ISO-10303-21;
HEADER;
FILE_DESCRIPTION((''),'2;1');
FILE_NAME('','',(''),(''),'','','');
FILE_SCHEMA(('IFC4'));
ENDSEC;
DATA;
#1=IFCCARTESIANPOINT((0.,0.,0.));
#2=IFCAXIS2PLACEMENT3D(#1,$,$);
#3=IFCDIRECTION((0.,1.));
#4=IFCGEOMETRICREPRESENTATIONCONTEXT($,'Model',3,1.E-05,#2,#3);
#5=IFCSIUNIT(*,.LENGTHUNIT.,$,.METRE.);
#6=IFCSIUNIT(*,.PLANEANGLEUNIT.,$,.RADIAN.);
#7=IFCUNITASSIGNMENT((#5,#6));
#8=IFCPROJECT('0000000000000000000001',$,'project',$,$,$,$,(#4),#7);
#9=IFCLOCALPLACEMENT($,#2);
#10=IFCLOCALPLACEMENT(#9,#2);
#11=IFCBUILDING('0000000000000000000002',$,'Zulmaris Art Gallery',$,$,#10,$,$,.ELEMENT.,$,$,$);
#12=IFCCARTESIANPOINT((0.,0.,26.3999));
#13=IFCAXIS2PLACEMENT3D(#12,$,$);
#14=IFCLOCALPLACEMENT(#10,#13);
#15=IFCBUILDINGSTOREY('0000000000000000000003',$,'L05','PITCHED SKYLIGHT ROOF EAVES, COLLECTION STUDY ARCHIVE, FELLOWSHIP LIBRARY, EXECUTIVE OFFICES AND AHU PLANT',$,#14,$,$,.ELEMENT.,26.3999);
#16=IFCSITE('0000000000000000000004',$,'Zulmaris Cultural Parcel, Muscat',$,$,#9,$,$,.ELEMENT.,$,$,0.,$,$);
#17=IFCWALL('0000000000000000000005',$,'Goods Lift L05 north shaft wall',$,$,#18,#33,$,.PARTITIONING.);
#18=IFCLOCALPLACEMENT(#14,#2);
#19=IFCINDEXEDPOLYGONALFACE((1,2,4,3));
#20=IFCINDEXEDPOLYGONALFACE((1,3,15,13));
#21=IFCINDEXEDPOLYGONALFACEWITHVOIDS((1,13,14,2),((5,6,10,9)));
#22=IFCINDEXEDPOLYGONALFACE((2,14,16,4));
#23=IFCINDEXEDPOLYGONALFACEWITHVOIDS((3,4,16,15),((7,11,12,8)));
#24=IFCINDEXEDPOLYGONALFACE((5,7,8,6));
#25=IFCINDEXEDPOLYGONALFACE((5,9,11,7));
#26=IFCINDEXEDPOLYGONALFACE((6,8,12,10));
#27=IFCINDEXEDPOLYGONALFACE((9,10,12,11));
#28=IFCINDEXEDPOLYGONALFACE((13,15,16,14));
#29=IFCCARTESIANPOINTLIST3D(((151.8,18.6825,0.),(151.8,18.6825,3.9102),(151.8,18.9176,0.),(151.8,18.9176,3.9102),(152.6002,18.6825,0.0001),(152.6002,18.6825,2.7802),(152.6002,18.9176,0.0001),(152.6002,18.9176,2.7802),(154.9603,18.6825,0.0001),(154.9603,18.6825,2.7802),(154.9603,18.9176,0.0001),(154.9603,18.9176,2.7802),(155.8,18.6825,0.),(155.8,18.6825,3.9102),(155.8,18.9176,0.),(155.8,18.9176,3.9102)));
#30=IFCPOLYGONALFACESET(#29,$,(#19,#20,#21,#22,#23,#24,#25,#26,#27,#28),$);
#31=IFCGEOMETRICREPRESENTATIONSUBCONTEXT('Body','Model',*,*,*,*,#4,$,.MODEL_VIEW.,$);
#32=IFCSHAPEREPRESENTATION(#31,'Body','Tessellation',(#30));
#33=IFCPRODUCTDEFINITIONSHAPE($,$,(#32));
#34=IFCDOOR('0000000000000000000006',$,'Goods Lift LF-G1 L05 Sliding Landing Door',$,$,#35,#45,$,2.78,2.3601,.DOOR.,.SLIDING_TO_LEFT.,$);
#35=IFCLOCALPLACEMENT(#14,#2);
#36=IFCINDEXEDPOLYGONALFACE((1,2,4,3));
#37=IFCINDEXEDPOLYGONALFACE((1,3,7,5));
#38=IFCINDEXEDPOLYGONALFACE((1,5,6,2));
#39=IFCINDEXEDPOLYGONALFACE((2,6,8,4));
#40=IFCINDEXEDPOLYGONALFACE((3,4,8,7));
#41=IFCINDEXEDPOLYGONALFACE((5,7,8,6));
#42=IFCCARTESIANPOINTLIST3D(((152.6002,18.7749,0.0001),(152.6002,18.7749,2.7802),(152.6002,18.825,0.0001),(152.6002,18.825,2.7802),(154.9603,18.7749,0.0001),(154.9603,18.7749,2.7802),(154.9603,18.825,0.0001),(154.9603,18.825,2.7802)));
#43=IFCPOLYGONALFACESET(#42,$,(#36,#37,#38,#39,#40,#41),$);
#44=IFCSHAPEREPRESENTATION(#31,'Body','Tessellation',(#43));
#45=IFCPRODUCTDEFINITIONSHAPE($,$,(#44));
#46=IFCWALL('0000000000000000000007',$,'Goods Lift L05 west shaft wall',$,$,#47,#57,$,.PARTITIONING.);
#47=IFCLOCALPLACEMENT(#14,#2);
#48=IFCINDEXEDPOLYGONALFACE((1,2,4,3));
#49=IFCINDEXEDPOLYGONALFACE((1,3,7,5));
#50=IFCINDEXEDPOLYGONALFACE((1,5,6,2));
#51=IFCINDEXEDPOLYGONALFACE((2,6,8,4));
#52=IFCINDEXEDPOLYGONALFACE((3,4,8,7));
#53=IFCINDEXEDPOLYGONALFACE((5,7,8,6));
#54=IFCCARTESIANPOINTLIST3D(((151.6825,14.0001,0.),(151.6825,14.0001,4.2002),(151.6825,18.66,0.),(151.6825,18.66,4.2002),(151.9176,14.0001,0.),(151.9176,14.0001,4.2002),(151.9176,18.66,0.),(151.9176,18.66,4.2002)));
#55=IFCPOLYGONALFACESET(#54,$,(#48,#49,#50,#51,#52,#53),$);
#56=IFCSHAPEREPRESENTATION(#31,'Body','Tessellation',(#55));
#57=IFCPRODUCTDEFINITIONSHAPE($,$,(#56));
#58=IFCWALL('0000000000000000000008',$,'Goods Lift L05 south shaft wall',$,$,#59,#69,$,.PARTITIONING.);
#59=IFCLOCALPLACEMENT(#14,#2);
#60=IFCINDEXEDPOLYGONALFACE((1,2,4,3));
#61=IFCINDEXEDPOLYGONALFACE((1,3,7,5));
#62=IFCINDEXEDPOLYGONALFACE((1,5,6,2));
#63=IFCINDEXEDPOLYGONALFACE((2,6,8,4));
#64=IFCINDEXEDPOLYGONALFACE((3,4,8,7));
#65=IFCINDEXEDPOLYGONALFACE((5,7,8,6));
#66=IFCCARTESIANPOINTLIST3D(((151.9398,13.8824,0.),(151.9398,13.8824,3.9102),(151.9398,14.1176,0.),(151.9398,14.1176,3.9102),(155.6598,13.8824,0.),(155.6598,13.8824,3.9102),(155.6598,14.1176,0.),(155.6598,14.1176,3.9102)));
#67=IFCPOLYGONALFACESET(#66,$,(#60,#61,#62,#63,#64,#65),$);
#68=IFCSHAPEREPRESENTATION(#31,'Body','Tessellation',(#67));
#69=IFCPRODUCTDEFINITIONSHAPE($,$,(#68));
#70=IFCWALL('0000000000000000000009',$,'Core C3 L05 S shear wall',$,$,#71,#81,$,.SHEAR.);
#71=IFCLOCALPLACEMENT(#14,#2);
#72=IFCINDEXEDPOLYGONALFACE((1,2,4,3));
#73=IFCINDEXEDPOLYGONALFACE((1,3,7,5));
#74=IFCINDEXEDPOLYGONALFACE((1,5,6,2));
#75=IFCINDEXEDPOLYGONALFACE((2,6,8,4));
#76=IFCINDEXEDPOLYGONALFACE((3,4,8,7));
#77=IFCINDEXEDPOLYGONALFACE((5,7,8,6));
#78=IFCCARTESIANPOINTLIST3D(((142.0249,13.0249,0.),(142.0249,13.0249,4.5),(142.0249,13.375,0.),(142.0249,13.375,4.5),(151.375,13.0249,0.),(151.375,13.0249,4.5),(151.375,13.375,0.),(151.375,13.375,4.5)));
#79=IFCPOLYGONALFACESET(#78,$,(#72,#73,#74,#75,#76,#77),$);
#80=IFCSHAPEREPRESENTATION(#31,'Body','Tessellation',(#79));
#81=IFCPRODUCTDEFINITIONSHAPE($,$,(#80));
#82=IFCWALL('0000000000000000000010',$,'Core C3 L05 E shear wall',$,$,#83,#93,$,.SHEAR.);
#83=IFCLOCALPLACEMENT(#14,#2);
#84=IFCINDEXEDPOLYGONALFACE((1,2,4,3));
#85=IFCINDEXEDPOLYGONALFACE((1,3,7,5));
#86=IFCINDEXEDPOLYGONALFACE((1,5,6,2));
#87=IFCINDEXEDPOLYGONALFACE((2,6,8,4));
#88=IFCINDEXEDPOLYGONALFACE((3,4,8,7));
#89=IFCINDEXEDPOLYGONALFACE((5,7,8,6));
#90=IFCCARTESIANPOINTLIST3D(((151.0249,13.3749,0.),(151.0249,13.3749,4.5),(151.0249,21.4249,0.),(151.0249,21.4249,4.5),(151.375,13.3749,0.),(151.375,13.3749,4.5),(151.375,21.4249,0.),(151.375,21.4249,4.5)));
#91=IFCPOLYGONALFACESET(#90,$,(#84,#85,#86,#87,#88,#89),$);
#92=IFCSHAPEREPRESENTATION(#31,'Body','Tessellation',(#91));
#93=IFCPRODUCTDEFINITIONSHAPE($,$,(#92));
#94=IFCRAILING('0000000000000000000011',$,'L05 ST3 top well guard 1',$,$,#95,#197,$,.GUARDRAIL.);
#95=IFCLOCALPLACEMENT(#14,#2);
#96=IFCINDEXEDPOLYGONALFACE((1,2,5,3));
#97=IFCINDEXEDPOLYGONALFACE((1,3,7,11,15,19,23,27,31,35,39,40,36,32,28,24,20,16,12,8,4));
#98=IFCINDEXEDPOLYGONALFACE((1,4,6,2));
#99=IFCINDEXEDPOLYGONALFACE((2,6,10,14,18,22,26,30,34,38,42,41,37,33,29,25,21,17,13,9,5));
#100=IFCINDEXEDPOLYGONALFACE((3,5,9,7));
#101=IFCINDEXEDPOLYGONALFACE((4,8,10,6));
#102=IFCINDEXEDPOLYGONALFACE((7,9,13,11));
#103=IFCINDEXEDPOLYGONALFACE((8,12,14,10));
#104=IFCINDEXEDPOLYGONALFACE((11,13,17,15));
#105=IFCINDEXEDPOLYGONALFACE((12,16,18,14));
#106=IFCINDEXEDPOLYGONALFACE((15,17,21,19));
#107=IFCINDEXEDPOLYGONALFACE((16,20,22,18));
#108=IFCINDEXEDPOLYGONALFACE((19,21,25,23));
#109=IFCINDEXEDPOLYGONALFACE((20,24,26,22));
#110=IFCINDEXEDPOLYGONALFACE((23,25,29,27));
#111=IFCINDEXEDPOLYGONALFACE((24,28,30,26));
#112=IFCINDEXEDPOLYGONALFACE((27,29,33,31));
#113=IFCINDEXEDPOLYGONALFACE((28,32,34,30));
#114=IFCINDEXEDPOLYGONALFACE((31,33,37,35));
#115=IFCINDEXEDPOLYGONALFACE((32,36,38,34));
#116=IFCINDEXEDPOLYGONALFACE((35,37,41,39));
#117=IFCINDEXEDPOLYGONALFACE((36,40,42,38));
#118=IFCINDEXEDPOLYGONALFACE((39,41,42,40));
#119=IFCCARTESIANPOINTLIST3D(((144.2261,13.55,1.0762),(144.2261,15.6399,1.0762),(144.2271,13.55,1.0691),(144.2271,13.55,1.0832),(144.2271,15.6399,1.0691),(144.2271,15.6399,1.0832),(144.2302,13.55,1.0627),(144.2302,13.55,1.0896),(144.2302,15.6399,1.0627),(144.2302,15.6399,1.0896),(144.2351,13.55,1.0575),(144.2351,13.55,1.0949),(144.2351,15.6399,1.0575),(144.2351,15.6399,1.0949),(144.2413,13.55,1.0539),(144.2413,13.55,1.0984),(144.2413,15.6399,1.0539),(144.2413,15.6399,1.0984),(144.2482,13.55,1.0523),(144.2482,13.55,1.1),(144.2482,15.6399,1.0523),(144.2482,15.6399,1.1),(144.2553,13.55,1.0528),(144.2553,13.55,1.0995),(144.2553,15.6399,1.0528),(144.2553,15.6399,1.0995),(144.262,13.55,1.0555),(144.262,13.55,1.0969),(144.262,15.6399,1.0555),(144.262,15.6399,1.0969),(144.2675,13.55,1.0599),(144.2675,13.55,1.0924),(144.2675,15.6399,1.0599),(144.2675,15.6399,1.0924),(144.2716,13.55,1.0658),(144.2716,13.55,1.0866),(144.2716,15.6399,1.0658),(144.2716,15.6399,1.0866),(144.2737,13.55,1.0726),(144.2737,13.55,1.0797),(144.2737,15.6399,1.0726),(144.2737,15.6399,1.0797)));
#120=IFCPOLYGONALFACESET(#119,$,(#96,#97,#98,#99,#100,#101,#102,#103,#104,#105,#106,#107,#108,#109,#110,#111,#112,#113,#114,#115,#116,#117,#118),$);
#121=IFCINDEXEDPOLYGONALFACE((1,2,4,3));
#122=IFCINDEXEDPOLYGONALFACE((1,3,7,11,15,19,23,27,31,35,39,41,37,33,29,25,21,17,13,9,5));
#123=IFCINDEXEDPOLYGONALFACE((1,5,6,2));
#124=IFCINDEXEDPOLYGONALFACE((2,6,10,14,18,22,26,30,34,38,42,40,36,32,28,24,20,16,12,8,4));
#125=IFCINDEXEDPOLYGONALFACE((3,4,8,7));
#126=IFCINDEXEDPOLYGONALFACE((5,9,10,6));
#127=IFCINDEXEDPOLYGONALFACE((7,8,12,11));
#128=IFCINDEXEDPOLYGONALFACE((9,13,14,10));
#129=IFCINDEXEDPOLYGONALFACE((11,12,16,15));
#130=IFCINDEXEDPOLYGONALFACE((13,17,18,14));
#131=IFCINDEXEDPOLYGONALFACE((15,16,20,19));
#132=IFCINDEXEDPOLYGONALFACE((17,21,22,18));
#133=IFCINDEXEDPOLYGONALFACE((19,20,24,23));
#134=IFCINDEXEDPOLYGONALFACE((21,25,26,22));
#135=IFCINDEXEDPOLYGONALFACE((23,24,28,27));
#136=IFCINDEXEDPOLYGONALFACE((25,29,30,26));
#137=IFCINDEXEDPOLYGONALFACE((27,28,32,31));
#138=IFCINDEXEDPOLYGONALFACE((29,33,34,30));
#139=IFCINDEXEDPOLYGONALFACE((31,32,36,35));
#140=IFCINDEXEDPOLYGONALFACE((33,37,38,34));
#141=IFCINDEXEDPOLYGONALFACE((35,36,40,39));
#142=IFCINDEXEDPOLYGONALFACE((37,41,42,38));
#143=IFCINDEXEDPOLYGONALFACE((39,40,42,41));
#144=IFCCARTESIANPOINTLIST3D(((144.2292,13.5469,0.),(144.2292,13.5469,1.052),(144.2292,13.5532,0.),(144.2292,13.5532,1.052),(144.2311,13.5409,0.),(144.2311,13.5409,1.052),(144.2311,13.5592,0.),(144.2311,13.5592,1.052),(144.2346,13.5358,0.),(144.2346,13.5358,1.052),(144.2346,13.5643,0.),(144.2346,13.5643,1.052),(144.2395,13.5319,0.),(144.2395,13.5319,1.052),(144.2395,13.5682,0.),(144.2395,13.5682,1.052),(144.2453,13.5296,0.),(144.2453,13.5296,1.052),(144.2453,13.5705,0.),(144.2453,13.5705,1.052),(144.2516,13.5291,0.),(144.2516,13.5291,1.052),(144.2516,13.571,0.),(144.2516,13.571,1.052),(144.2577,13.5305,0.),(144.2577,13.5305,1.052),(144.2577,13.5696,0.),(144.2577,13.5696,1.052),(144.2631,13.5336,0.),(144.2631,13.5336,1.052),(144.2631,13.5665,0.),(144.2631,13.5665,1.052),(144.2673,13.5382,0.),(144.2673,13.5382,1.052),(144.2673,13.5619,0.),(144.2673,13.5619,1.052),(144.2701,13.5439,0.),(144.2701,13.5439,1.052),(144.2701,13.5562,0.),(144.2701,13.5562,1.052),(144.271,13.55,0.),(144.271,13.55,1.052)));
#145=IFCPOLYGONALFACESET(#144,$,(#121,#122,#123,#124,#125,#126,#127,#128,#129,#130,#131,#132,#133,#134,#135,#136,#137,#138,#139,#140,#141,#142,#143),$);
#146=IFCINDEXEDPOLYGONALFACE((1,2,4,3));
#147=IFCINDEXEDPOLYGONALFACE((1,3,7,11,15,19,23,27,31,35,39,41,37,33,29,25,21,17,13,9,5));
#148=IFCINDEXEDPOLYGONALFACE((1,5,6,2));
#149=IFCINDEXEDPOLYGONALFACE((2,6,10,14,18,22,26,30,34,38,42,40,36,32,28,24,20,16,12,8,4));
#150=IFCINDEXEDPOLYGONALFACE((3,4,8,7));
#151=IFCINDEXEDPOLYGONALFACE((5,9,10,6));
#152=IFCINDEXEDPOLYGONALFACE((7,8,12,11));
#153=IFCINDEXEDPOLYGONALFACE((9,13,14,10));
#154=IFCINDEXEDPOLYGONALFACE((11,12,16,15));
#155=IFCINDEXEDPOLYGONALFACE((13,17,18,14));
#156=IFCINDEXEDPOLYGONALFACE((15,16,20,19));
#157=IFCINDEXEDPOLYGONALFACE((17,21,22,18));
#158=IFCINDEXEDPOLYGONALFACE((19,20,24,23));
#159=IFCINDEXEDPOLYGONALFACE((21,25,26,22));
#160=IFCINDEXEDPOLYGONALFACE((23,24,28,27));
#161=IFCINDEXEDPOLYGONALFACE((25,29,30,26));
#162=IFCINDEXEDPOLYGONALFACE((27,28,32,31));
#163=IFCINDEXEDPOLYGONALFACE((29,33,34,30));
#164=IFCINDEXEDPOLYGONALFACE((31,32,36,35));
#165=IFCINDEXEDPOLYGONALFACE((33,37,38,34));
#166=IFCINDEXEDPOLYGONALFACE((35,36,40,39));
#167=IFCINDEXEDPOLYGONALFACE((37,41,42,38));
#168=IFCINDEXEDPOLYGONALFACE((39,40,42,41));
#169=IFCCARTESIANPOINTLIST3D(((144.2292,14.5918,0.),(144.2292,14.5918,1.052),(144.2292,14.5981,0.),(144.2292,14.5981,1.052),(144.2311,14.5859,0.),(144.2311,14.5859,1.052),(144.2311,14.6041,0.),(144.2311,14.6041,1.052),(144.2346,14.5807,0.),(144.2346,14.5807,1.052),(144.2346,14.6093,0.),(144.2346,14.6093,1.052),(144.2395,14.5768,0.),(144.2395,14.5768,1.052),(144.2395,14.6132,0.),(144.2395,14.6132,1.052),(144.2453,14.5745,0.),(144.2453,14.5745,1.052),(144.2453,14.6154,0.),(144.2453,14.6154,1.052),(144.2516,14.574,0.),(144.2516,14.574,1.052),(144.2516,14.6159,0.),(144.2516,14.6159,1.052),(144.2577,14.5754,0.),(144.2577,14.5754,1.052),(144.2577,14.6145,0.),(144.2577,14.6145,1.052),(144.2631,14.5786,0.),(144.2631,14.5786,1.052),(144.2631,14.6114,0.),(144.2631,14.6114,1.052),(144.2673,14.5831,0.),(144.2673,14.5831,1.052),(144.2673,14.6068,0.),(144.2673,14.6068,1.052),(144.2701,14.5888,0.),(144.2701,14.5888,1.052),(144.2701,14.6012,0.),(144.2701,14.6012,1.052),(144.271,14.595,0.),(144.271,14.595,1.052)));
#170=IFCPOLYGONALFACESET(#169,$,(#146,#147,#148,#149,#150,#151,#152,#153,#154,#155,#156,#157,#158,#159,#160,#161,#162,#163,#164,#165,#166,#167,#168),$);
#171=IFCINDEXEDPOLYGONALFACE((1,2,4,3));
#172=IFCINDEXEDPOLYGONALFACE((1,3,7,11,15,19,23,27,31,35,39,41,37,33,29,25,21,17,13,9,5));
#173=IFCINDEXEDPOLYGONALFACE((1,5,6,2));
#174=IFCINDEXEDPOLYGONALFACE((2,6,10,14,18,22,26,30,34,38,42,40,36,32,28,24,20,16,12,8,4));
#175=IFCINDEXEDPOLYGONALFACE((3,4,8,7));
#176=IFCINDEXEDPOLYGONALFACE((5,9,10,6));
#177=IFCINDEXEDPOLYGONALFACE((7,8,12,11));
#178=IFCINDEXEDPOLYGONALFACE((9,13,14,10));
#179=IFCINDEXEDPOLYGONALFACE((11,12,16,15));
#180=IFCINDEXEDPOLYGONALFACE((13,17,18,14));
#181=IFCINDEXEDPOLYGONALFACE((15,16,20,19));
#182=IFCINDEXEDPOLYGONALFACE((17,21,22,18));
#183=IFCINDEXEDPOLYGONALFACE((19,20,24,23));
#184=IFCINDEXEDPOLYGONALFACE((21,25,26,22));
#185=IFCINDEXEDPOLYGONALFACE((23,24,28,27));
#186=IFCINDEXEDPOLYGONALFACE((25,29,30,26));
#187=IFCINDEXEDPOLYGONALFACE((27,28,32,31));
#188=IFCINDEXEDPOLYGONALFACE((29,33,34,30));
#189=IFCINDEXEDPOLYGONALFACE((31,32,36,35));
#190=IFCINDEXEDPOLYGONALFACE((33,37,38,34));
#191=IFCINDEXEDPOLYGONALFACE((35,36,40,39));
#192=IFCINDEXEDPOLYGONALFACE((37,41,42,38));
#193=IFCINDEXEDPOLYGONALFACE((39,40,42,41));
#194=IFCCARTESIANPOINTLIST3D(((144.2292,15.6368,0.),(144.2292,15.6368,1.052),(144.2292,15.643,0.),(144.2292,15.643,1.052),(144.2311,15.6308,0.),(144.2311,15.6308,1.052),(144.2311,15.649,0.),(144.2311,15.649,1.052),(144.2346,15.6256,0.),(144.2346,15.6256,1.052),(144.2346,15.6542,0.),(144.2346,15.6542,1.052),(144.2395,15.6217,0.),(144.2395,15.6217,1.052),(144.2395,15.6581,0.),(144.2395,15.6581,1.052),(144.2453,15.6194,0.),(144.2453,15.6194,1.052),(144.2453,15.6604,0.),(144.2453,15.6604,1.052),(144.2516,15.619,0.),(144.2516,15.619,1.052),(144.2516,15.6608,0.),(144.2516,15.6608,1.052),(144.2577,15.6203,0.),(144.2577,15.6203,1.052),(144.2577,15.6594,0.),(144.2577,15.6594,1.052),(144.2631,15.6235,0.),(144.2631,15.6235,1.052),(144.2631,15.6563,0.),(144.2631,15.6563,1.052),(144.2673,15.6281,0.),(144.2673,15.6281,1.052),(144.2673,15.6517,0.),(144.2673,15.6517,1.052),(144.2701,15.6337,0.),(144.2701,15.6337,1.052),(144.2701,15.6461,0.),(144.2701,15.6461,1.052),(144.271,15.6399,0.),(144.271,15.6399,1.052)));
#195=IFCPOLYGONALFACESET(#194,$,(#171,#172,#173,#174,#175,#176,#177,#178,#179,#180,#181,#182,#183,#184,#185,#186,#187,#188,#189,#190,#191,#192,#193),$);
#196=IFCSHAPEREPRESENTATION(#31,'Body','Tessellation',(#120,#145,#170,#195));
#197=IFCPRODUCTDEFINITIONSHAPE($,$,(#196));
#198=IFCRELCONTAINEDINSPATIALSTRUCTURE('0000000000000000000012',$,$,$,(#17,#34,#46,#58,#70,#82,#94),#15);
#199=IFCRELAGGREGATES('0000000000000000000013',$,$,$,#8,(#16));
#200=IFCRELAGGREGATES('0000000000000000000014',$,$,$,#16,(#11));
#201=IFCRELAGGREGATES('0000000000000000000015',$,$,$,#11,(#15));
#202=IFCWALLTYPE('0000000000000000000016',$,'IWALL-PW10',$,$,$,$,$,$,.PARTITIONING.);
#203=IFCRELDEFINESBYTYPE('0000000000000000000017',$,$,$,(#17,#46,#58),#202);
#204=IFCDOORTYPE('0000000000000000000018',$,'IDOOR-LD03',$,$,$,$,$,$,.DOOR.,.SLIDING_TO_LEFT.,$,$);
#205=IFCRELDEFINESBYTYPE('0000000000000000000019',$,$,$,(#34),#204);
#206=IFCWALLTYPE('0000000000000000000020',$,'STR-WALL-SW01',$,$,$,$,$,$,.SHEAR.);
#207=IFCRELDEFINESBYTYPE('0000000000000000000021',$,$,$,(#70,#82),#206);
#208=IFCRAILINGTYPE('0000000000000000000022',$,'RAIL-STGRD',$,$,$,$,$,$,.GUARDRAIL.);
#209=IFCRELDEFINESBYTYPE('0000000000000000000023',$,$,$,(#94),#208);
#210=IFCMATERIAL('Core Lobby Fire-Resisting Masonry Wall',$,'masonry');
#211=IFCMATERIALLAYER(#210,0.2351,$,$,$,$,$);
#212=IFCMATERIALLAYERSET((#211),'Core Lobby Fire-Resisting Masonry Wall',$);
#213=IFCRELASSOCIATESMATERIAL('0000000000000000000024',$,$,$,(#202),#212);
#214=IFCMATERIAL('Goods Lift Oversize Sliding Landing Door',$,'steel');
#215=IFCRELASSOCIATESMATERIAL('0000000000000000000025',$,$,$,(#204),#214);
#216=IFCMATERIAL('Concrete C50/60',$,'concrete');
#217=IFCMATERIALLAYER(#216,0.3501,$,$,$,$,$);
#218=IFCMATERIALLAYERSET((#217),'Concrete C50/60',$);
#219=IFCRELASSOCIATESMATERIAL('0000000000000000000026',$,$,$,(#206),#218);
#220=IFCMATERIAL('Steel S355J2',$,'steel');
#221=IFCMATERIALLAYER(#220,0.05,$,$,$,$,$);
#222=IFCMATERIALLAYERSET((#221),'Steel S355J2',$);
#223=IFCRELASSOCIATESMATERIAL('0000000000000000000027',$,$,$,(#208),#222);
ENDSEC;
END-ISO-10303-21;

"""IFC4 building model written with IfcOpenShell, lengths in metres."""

from ifc_helpers import new_model, si_unit, direction, frame, frame_2d, origin, origin_2d, place, context, subcontext, project, spatial, rectangle, circle, extrude, material, layer, layer_set, type_object, element, fill, save


model = new_model("IFC4")

# Units and contexts
model_context = context("Model", 3, precision=1e-05, world=origin(), true_north=direction((0.0, 1.0)))
body_context = subcontext(model_context, "Body", "Model", "MODEL_VIEW")
ifc_project = project(units=[si_unit("LENGTHUNIT", "METRE"), si_unit("PLANEANGLEUNIT", "RADIAN")], contexts=[model_context])

# Site, building, storey
site_placement = place(None, origin())
site = spatial("IfcSite", under=ifc_project, at=site_placement, Name="Zulmaris Cultural Parcel, Muscat", CompositionType="ELEMENT", RefElevation=0.0)
building_placement = place(site_placement, origin())
building = spatial("IfcBuilding", under=site, at=building_placement, Name="Zulmaris Art Gallery", CompositionType="ELEMENT")
storey_placement = place(building_placement, frame((0.0, 0.0, 26.3999)))
storey = spatial("IfcBuildingStorey", under=building, at=storey_placement, Name="L05", Description="PITCHED SKYLIGHT ROOF EAVES, COLLECTION STUDY ARCHIVE, FELLOWSHIP LIBRARY, EXECUTIVE OFFICES AND AHU PLANT", CompositionType="ELEMENT", Elevation=26.3999)

# Shared definitions
ifc_material_1 = material(Name="Steel S355J2", Category="steel")

# Wall, opening, door
ifc_material_2 = material(Name="Core Lobby Fire-Resisting Masonry Wall", Category="masonry")
ifc_layer_1 = layer(ifc_material_2, 0.2351)
ifc_layer_set_1 = layer_set([ifc_layer_1], Name="Core Lobby Fire-Resisting Masonry Wall")
wall_type_1 = type_object("IfcWallType", Name="IWALL-PW10", PredefinedType="PARTITIONING", material=ifc_layer_set_1)
wall_1_placement = place(storey_placement, frame((151.8, 18.8, 0.0), z_axis=(0.0, 0.0, 1.0), x_axis=(1.0, 0.0, 0.0)))
wall_1 = element("IfcWall", 1, at=wall_1_placement, inside=storey, type_object=wall_type_1, Name="Goods Lift L05 north shaft wall", PredefinedType="PARTITIONING", context=body_context, shape_type="SweptSolid", body=[
    extrude(rectangle(XDim=4.0, YDim=0.2351, at=frame_2d((2.0, 0.0))), origin(), (0.0, 0.0, 1.0), 3.9102),
])
opening_1_placement = place(wall_1_placement, frame((0.8, 0.0, 0.0)))
opening_1 = element("IfcOpeningElement", 2, at=opening_1_placement, cuts=wall_1, PredefinedType="OPENING", context=body_context, shape_type="SweptSolid", body=[
    extrude(rectangle(XDim=2.3601, YDim=2.78, at=frame_2d((1.1802, 1.3901))), frame((0.0, 0.1274, 0.0), z_axis=(0.0, -1.0, 0.0), x_axis=(1.0, 0.0, 0.0)), (0.0, 0.0, 1.0), 0.2551),
])
ifc_material_3 = material(Name="Goods Lift Oversize Sliding Landing Door", Category="steel")
door_type_1 = type_object("IfcDoorType", Name="IDOOR-LD03", OperationType="SLIDING_TO_LEFT", PredefinedType="DOOR", material=ifc_material_3)
door_1_placement = place(opening_1_placement, origin())
door_1 = element("IfcDoor", 3, at=door_1_placement, inside=storey, type_object=door_type_1, Name="Goods Lift LF-G1 L05 Sliding Landing Door", OperationType="SLIDING_TO_LEFT", OverallHeight=2.78, OverallWidth=2.3601, PredefinedType="DOOR", context=body_context, shape_type="SweptSolid", body=[
    extrude(rectangle(XDim=2.3601, YDim=2.78, at=frame_2d((1.1802, 1.3901))), frame((0.0, 0.0249, 0.0), z_axis=(0.0, -1.0, 0.0), x_axis=(1.0, 0.0, 0.0)), (0.0, 0.0, 1.0), 0.05),
])
fill(opening_1, door_1)

# Walls
wall_2_placement = place(storey_placement, frame((151.8, 14.0, 0.0), z_axis=(0.0, 0.0, 1.0), x_axis=(0.0, 1.0, 0.0)))
element("IfcWall", 4, at=wall_2_placement, inside=storey, type_object=wall_type_1, Name="Goods Lift L05 west shaft wall", PredefinedType="PARTITIONING", context=body_context, shape_type="SweptSolid", body=[
    extrude(rectangle(XDim=4.6599, YDim=0.2351, at=frame_2d((2.3301, 0.0))), origin(), (0.0, 0.0, 1.0), 4.2002),
])
wall_3_placement = place(storey_placement, frame((151.9399, 14.0, 0.0), z_axis=(0.0, 0.0, 1.0), x_axis=(1.0, 0.0, 0.0)))
element("IfcWall", 5, at=wall_3_placement, inside=storey, type_object=wall_type_1, Name="Goods Lift L05 south shaft wall", PredefinedType="PARTITIONING", context=body_context, shape_type="SweptSolid", body=[
    extrude(rectangle(XDim=3.72, YDim=0.2351, at=frame_2d((1.8599, 0.0))), origin(), (0.0, 0.0, 1.0), 3.9102),
])
ifc_material_4 = material(Name="Concrete C50/60", Category="concrete")
ifc_layer_2 = layer(ifc_material_4, 0.3501)
ifc_layer_set_2 = layer_set([ifc_layer_2], Name="Concrete C50/60")
wall_type_2 = type_object("IfcWallType", Name="STR-WALL-SW01", PredefinedType="SHEAR", material=ifc_layer_set_2)
wall_4_placement = place(storey_placement, frame((151.375, 13.2, 0.0), z_axis=(0.0, 0.0, 1.0), x_axis=(-1.0, 0.0, 0.0)))
element("IfcWall", 6, at=wall_4_placement, inside=storey, type_object=wall_type_2, Name="Core C3 L05 S shear wall", PredefinedType="SHEAR", context=body_context, shape_type="SweptSolid", body=[
    extrude(rectangle(XDim=9.3501, YDim=0.3501, at=frame_2d((4.675, 0.0))), origin(), (0.0, 0.0, 1.0), 4.5),
])
wall_5_placement = place(storey_placement, frame((151.2, 13.375, 0.0), z_axis=(0.0, 0.0, 1.0), x_axis=(0.0, 1.0, 0.0)))
element("IfcWall", 7, at=wall_5_placement, inside=storey, type_object=wall_type_2, Name="Core C3 L05 E shear wall", PredefinedType="SHEAR", context=body_context, shape_type="SweptSolid", body=[
    extrude(rectangle(XDim=8.05, YDim=0.3501, at=frame_2d((4.0249, 0.0))), origin(), (0.0, 0.0, 1.0), 4.5),
])

# Railing
ifc_layer_3 = layer(ifc_material_1, 0.05)
ifc_layer_set_3 = layer_set([ifc_layer_3], Name="Steel S355J2")
railing_type = type_object("IfcRailingType", Name="RAIL-STGRD", PredefinedType="GUARDRAIL", material=ifc_layer_set_3)
railing_placement = place(storey_placement, frame((144.25, 13.55, 0.0)))
element("IfcRailing", 8, at=railing_placement, inside=storey, type_object=railing_type, Name="L05 ST3 top well guard 1", PredefinedType="GUARDRAIL", context=body_context, shape_type="SweptSolid", body=[
    extrude(circle(Radius=0.0239, at=origin_2d()), frame((0.0, 0.0, 1.0762), z_axis=(0.0, 1.0, 0.0), x_axis=(-1.0, 0.0, 0.0)), (0.0, 0.0, 1.0), 2.0898),
    extrude(circle(Radius=0.021, at=origin_2d()), origin(), (0.0, 0.0, 1.0), 1.052),
    extrude(circle(Radius=0.021, at=origin_2d()), frame((0.0, 1.0449, 0.0)), (0.0, 0.0, 1.0), 1.052),
    extrude(circle(Radius=0.021, at=origin_2d()), frame((0.0, 2.0898, 0.0)), (0.0, 0.0, 1.0), 1.052),
])

save(model, "model.ifc")
